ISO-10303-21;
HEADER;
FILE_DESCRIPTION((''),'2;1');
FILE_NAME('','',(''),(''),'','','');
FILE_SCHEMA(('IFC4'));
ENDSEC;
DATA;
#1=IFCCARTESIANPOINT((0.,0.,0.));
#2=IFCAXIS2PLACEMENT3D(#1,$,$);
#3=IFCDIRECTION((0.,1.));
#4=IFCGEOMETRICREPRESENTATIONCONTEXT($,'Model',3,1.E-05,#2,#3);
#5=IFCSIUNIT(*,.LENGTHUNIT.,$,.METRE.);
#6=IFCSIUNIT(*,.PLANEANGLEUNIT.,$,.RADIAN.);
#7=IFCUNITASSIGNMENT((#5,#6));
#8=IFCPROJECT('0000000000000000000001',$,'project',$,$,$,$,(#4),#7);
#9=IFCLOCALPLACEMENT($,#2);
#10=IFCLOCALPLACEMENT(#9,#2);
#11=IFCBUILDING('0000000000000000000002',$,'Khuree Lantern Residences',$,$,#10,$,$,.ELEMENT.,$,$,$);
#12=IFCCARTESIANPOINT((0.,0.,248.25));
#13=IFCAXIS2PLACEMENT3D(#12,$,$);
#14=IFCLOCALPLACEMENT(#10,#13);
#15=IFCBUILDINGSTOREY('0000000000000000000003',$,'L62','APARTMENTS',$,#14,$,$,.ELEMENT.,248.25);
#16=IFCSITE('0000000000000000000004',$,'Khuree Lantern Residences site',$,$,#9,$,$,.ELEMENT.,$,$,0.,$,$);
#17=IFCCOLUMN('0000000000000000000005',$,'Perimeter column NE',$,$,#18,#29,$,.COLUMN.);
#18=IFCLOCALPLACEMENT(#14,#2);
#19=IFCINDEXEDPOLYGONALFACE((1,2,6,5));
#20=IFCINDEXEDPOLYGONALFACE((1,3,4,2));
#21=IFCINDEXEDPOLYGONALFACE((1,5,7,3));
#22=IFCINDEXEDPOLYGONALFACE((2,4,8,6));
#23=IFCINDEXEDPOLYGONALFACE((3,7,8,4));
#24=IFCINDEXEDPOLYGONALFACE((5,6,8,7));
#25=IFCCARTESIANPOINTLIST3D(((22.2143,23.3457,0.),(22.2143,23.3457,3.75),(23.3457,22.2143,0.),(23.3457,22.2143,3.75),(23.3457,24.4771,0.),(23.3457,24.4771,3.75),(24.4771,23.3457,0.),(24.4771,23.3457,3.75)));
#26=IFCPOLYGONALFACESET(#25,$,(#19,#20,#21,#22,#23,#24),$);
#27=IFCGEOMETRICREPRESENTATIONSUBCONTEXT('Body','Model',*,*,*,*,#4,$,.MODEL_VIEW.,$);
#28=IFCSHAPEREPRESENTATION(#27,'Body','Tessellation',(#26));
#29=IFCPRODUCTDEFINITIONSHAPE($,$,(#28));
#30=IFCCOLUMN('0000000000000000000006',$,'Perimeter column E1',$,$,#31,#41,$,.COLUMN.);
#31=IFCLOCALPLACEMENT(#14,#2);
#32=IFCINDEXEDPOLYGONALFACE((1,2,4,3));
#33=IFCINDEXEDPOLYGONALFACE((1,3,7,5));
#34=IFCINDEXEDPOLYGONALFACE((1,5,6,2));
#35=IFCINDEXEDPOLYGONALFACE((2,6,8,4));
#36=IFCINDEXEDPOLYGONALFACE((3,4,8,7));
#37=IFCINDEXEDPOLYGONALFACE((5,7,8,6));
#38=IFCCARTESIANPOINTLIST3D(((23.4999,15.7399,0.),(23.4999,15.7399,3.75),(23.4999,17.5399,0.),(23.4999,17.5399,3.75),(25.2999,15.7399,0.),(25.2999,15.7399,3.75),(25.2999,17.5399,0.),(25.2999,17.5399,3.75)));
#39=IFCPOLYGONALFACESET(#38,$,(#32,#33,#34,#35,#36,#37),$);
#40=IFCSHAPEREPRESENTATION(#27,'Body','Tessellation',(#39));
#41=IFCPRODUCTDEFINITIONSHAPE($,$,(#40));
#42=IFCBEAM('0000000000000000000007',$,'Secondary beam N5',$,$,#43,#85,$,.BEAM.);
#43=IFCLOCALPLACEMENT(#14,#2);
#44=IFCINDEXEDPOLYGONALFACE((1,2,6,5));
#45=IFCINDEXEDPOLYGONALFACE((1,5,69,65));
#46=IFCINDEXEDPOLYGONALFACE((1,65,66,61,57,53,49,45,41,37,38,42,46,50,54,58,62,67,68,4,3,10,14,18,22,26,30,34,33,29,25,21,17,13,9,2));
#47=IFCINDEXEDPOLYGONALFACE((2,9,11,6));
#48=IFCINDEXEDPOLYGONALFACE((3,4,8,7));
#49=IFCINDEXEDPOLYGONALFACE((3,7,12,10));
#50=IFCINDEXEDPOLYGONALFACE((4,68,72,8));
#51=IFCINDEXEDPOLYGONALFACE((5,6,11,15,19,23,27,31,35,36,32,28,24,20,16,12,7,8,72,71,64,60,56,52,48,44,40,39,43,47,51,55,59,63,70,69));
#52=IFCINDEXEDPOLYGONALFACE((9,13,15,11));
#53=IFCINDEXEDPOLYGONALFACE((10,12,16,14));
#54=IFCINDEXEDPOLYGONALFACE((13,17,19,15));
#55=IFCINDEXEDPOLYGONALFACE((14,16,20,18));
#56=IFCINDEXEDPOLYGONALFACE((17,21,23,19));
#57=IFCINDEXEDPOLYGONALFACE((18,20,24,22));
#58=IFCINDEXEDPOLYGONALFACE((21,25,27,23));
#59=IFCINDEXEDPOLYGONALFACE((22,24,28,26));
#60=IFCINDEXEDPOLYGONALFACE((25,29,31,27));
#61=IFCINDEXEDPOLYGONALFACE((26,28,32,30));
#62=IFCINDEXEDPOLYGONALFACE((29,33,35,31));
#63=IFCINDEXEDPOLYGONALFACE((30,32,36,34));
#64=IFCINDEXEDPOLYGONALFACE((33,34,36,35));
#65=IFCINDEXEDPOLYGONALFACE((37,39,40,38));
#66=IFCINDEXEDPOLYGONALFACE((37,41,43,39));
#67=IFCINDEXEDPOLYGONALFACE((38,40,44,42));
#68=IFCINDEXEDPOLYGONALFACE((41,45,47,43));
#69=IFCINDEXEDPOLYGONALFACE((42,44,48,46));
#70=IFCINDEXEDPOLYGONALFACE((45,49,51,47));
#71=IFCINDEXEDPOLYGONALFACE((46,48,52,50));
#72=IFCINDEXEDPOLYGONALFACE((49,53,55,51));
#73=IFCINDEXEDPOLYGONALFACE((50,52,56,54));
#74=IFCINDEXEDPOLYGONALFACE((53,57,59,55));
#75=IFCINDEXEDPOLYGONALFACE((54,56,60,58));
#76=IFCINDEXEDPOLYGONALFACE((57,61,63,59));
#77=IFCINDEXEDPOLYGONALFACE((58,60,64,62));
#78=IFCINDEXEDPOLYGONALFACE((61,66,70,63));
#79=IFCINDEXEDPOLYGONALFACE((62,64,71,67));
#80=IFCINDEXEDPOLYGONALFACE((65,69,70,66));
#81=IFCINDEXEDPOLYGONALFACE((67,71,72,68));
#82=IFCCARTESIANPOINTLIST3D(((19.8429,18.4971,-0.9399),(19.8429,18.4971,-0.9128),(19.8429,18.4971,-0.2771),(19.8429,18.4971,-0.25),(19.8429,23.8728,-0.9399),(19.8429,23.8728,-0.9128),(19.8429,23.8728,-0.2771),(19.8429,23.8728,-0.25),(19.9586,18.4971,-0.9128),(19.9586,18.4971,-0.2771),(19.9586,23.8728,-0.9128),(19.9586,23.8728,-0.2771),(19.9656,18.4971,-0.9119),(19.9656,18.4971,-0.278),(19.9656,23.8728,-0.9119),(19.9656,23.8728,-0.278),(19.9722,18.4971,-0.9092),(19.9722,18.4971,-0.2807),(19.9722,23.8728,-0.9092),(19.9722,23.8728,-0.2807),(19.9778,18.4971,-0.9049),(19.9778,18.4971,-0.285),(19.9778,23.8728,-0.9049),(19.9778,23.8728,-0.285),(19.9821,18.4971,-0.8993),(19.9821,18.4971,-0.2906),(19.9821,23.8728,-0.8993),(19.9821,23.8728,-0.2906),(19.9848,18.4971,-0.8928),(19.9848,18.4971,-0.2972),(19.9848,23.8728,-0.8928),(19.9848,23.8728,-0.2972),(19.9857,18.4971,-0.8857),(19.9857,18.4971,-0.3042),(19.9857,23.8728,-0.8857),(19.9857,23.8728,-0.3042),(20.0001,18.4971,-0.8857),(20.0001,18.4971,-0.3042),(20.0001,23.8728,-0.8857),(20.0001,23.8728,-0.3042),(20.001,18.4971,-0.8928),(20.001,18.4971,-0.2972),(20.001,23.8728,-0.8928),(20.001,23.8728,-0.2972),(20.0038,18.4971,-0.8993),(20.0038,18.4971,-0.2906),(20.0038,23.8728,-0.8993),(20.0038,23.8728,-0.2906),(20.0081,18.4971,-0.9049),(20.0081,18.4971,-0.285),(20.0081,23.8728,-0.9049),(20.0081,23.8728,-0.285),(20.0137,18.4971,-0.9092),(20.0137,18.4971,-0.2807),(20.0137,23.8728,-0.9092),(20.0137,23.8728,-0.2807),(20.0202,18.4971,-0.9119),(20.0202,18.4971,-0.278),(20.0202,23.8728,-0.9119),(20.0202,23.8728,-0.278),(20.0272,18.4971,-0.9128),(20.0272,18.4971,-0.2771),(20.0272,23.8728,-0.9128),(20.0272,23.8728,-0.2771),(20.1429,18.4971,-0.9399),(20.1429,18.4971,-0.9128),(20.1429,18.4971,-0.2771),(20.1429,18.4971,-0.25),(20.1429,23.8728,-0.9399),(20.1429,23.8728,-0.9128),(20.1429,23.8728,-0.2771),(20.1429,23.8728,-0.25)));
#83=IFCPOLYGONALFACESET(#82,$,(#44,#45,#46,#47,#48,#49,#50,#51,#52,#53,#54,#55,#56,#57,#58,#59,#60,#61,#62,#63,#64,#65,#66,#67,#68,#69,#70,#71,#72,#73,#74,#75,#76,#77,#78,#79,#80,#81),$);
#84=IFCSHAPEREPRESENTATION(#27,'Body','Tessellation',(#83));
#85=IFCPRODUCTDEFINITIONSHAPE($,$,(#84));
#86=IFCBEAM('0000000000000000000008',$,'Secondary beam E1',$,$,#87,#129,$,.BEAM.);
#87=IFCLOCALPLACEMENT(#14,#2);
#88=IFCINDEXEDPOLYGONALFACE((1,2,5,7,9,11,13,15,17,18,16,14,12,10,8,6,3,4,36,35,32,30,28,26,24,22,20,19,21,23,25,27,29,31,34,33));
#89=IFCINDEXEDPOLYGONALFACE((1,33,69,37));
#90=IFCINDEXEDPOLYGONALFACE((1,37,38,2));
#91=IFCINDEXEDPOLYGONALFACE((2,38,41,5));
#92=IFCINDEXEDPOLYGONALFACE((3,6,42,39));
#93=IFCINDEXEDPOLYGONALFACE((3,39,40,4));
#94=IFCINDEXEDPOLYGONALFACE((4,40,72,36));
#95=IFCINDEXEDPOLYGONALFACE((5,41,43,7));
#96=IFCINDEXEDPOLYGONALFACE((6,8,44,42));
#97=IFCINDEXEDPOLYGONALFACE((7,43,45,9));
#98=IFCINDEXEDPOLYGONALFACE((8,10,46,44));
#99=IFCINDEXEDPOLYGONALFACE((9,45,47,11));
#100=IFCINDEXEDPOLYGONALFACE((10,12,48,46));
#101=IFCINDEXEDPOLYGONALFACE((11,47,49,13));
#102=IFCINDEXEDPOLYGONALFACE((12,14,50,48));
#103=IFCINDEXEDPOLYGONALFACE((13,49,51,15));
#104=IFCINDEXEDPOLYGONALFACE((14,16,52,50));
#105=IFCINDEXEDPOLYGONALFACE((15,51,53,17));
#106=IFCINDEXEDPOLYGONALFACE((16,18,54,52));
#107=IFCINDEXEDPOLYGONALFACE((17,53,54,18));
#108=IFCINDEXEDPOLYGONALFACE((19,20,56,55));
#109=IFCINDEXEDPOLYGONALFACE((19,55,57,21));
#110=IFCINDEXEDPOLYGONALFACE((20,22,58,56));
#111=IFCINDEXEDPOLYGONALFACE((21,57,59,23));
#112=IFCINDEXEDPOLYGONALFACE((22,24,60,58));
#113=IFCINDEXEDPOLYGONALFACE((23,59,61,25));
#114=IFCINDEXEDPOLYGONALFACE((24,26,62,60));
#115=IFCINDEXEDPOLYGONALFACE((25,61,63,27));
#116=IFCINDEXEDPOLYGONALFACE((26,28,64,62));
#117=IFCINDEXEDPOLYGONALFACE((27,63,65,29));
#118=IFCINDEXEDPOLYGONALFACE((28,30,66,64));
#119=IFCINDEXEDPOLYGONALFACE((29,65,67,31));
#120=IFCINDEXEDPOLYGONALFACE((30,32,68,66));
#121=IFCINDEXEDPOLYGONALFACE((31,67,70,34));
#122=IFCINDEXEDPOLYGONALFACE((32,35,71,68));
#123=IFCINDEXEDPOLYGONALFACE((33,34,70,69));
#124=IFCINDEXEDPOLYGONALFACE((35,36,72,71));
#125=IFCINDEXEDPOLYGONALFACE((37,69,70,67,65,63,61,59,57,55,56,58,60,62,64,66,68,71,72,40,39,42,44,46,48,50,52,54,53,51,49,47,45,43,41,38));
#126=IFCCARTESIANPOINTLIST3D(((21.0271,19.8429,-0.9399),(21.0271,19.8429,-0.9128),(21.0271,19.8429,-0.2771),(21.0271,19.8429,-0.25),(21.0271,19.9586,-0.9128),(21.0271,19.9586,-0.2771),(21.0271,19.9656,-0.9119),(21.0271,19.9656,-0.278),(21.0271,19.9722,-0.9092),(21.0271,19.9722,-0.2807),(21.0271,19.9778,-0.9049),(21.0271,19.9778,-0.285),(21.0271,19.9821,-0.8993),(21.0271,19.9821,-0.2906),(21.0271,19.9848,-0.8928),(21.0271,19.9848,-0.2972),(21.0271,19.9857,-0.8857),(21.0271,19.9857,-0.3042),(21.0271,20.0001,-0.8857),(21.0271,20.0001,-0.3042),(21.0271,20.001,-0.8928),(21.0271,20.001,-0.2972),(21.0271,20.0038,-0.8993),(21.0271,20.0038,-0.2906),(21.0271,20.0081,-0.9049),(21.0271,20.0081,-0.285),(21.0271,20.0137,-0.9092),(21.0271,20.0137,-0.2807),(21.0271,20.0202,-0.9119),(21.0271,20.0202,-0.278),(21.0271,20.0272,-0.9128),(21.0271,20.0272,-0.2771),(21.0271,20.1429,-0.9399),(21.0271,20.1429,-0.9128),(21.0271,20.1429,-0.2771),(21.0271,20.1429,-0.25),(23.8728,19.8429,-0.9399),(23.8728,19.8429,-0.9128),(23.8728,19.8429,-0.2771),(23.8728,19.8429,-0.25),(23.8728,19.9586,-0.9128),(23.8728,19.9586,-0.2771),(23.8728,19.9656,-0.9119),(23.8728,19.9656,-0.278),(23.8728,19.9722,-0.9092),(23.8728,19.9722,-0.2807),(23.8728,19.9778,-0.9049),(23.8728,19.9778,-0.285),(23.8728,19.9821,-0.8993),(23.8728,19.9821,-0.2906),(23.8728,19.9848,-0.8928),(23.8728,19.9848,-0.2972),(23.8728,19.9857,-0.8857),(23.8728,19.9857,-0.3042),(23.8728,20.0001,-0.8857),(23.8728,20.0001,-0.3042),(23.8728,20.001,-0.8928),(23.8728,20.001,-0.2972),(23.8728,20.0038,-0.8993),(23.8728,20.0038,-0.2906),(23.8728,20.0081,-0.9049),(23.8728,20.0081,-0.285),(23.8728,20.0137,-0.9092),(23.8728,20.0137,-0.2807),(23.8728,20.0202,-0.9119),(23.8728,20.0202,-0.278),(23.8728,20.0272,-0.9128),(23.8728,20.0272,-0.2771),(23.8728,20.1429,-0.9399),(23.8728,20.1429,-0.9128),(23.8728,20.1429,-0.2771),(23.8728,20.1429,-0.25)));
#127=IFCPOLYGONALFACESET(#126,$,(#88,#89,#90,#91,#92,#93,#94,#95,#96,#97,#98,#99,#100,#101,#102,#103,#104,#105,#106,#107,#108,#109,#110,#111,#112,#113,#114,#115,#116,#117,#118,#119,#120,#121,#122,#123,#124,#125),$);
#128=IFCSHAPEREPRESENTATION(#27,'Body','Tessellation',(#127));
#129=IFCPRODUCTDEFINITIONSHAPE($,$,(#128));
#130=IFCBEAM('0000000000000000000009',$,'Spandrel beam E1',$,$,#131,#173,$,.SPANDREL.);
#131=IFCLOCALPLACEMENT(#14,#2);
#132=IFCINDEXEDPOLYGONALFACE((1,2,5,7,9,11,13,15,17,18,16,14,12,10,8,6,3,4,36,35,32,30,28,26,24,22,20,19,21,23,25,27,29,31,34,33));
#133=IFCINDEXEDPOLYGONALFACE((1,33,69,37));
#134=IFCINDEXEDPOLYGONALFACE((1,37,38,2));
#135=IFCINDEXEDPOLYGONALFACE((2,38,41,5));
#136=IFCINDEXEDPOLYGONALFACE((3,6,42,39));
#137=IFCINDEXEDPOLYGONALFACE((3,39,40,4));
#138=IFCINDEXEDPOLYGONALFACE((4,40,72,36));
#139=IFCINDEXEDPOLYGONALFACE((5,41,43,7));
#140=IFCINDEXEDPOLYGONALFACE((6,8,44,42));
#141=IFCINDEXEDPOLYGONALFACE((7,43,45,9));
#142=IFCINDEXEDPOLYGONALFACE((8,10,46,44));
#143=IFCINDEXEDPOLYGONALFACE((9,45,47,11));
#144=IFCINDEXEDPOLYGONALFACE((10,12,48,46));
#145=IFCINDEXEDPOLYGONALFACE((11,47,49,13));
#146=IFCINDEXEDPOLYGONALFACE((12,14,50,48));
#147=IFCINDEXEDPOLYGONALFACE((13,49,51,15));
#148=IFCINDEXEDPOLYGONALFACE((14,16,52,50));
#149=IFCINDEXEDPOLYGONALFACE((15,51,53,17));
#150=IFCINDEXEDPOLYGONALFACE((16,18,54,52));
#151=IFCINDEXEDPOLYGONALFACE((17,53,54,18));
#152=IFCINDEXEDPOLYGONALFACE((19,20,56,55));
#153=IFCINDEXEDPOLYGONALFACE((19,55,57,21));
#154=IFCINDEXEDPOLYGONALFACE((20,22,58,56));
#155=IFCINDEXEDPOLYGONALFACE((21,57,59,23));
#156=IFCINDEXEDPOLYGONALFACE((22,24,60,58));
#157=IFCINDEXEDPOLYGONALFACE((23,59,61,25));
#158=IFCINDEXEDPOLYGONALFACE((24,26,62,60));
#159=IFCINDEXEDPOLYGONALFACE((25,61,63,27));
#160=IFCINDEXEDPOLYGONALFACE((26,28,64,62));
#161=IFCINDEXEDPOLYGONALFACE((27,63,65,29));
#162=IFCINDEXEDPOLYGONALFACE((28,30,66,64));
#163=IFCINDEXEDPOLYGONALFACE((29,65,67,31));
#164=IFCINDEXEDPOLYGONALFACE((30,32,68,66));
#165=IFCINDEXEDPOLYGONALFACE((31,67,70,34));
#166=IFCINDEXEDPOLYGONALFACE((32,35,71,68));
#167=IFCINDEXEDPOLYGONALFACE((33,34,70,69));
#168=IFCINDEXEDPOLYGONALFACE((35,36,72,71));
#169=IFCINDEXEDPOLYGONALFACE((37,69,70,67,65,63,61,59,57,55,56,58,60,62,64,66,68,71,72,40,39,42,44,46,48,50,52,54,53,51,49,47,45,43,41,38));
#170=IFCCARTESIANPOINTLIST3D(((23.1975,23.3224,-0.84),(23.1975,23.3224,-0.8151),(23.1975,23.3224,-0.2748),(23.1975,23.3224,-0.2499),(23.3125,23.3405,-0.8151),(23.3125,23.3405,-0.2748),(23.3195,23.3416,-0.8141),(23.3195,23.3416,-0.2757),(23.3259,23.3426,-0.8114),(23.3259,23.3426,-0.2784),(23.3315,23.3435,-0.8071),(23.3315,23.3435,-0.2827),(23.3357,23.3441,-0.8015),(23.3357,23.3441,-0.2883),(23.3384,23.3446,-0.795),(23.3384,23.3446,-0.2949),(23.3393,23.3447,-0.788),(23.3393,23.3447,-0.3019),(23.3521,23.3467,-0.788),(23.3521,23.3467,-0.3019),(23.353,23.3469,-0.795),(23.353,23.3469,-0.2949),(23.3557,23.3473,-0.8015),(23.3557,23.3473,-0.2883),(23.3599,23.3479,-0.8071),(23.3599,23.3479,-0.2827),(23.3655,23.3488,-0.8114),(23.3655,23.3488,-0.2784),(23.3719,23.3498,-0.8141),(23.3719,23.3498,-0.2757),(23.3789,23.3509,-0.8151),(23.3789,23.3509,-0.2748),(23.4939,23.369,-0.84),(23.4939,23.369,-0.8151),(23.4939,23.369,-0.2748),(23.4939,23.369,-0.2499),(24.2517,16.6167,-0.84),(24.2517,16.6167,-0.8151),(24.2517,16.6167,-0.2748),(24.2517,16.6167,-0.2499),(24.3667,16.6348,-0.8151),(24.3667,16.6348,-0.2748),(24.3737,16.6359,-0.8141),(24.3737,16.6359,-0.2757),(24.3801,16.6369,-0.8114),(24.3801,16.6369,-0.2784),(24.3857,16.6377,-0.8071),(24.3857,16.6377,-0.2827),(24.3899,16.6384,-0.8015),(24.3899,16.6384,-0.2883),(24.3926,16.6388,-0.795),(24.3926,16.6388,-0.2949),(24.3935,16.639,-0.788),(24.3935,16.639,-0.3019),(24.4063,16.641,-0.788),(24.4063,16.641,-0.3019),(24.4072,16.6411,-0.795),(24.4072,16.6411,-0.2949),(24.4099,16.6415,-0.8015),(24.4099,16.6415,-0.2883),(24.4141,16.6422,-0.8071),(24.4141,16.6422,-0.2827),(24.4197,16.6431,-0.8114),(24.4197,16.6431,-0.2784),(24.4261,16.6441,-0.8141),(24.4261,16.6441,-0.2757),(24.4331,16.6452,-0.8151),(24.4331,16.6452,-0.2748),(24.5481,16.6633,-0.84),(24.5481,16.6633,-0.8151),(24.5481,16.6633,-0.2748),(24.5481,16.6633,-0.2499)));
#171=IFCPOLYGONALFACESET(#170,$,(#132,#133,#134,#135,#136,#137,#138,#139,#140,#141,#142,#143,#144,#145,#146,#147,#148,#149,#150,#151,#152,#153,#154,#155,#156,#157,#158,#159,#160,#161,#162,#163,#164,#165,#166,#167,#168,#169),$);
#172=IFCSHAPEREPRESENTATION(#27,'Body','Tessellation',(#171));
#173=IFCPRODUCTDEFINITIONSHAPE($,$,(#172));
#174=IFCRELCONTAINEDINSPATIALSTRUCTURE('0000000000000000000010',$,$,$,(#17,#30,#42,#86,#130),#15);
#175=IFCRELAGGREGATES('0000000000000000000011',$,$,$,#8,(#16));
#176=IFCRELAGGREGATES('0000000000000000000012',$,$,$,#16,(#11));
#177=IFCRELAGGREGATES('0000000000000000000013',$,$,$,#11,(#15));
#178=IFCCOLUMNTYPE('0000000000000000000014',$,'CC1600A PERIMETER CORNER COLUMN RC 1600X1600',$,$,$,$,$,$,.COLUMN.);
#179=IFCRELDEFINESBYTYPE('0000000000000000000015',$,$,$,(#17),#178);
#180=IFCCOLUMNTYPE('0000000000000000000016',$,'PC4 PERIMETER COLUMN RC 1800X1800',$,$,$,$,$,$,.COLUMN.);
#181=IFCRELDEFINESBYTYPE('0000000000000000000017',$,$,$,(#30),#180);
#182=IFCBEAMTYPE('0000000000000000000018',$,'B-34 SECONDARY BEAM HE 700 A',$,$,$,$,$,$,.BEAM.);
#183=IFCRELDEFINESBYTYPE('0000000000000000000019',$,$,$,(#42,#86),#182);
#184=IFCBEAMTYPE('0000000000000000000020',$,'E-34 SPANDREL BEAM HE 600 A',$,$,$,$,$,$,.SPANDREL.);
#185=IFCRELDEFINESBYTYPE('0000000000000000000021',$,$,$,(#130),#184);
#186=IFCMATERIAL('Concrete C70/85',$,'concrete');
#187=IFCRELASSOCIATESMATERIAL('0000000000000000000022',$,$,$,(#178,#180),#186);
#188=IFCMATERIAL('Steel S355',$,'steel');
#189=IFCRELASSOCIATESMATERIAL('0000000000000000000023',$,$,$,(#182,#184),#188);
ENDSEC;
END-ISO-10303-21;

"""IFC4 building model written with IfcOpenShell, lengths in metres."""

from ifc_helpers import new_model, si_unit, direction, frame, origin, origin_2d, place, context, subcontext, project, spatial, rectangle, i_section, extrude, material, material_profile, profile_set, type_object, element, save


model = new_model("IFC4")

# Units and contexts
model_context = context("Model", 3, precision=1e-05, world=origin(), true_north=direction((0.0, 1.0)))
body_context = subcontext(model_context, "Body", "Model", "MODEL_VIEW")
ifc_project = project(units=[si_unit("LENGTHUNIT", "METRE"), si_unit("PLANEANGLEUNIT", "RADIAN")], contexts=[model_context])

# Site, building, storey
site_placement = place(None, origin())
site = spatial("IfcSite", under=ifc_project, at=site_placement, Name="Khuree Lantern Residences site", CompositionType="ELEMENT", RefElevation=0.0)
building_placement = place(site_placement, origin())
building = spatial("IfcBuilding", under=site, at=building_placement, Name="Khuree Lantern Residences", CompositionType="ELEMENT")
storey_placement = place(building_placement, frame((0.0, 0.0, 248.25)))
storey = spatial("IfcBuildingStorey", under=building, at=storey_placement, Name="L62", Description="APARTMENTS", CompositionType="ELEMENT", Elevation=248.25)

# Columns
ifc_material_1 = material(Name="Concrete C70/85", Category="concrete")
ifc_material_profile_1 = material_profile(ifc_material_1, rectangle(XDim=1.6001, YDim=1.6001, at=origin_2d()), Name="RC 1600X1600")
ifc_profile_set_1 = profile_set([ifc_material_profile_1], Name="Concrete C70/85")
column_type_1 = type_object("IfcColumnType", Name="CC1600A PERIMETER CORNER COLUMN RC 1600X1600", PredefinedType="COLUMN", material=ifc_profile_set_1)
column_1_placement = place(storey_placement, frame((23.3457, 23.3457, 0.0), z_axis=(0.0, 0.0, 1.0), x_axis=(0.707107, -0.707107, 0.0)))
element("IfcColumn", 1, at=column_1_placement, inside=storey, type_object=column_type_1, Name="Perimeter column NE", PredefinedType="COLUMN", context=body_context, shape_type="SweptSolid", body=[
    extrude(rectangle(XDim=1.6001, YDim=1.6001, at=origin_2d()), origin(), (0.0, 0.0, 1.0), 3.75),
])
ifc_material_profile_2 = material_profile(ifc_material_1, rectangle(XDim=1.8, YDim=1.8, at=origin_2d()), Name="RC 1800X1800")
ifc_profile_set_2 = profile_set([ifc_material_profile_2], Name="Concrete C70/85")
column_type_2 = type_object("IfcColumnType", Name="PC4 PERIMETER COLUMN RC 1800X1800", PredefinedType="COLUMN", material=ifc_profile_set_2)
column_2_placement = place(storey_placement, frame((24.3999, 16.6399, 0.0), z_axis=(0.0, 0.0, 1.0), x_axis=(0.0, 1.0, 0.0)))
element("IfcColumn", 2, at=column_2_placement, inside=storey, type_object=column_type_2, Name="Perimeter column E1", PredefinedType="COLUMN", context=body_context, shape_type="SweptSolid", body=[
    extrude(rectangle(XDim=1.8, YDim=1.8, at=origin_2d()), origin(), (0.0, 0.0, 1.0), 3.75),
])

# Beams
ifc_material_2 = material(Name="Steel S355", Category="steel")
ifc_material_profile_3 = material_profile(ifc_material_2, i_section(OverallWidth=0.3, OverallDepth=0.6899, WebThickness=0.0144, FlangeThickness=0.0271, FilletRadius=0.0271, at=origin_2d()), Name="HE 700 A")
ifc_profile_set_3 = profile_set([ifc_material_profile_3], Name="Steel S355")
beam_type_1 = type_object("IfcBeamType", Name="B-34 SECONDARY BEAM HE 700 A", PredefinedType="BEAM", material=ifc_profile_set_3)
beam_1_placement = place(storey_placement, frame((19.9929, 23.8728, -0.595), z_axis=(0.0, -1.0, 0.0), x_axis=(1.0, 0.0, 0.0)))
element("IfcBeam", 3, at=beam_1_placement, inside=storey, type_object=beam_type_1, Name="Secondary beam N5", PredefinedType="BEAM", context=body_context, shape_type="SweptSolid", body=[
    extrude(i_section(OverallWidth=0.3, OverallDepth=0.6899, WebThickness=0.0144, FlangeThickness=0.0271, FilletRadius=0.0271, at=origin_2d()), origin(), (0.0, 0.0, 1.0), 5.3757),
])
beam_2_placement = place(storey_placement, frame((23.8728, 19.9929, -0.595), z_axis=(-1.0, 0.0, 0.0), x_axis=(0.0, -1.0, 0.0)))
element("IfcBeam", 4, at=beam_2_placement, inside=storey, type_object=beam_type_1, Name="Secondary beam E1", PredefinedType="BEAM", context=body_context, shape_type="SweptSolid", body=[
    extrude(i_section(OverallWidth=0.3, OverallDepth=0.6899, WebThickness=0.0144, FlangeThickness=0.0271, FilletRadius=0.0271, at=origin_2d()), origin(), (0.0, 0.0, 1.0), 2.8457),
])
ifc_material_profile_4 = material_profile(ifc_material_2, i_section(OverallWidth=0.3, OverallDepth=0.5901, WebThickness=0.0129, FlangeThickness=0.0249, FilletRadius=0.0271, at=origin_2d()), Name="HE 600 A")
ifc_profile_set_4 = profile_set([ifc_material_profile_4], Name="Steel S355")
beam_type_2 = type_object("IfcBeamType", Name="E-34 SPANDREL BEAM HE 600 A", PredefinedType="SPANDREL", material=ifc_profile_set_4)
beam_3_placement = place(storey_placement, frame((23.3457, 23.3457, -0.5449), z_axis=(0.1553, -0.987867, 0.0), x_axis=(0.987867, 0.1553, 0.0)))
element("IfcBeam", 5, at=beam_3_placement, inside=storey, type_object=beam_type_2, Name="Spandrel beam E1", PredefinedType="SPANDREL", context=body_context, shape_type="SweptSolid", body=[
    extrude(i_section(OverallWidth=0.3, OverallDepth=0.5901, WebThickness=0.0129, FlangeThickness=0.0249, FilletRadius=0.0271, at=origin_2d()), origin(), (0.0, 0.0, 1.0), 6.7881),
])

save(model, "model.ifc")
